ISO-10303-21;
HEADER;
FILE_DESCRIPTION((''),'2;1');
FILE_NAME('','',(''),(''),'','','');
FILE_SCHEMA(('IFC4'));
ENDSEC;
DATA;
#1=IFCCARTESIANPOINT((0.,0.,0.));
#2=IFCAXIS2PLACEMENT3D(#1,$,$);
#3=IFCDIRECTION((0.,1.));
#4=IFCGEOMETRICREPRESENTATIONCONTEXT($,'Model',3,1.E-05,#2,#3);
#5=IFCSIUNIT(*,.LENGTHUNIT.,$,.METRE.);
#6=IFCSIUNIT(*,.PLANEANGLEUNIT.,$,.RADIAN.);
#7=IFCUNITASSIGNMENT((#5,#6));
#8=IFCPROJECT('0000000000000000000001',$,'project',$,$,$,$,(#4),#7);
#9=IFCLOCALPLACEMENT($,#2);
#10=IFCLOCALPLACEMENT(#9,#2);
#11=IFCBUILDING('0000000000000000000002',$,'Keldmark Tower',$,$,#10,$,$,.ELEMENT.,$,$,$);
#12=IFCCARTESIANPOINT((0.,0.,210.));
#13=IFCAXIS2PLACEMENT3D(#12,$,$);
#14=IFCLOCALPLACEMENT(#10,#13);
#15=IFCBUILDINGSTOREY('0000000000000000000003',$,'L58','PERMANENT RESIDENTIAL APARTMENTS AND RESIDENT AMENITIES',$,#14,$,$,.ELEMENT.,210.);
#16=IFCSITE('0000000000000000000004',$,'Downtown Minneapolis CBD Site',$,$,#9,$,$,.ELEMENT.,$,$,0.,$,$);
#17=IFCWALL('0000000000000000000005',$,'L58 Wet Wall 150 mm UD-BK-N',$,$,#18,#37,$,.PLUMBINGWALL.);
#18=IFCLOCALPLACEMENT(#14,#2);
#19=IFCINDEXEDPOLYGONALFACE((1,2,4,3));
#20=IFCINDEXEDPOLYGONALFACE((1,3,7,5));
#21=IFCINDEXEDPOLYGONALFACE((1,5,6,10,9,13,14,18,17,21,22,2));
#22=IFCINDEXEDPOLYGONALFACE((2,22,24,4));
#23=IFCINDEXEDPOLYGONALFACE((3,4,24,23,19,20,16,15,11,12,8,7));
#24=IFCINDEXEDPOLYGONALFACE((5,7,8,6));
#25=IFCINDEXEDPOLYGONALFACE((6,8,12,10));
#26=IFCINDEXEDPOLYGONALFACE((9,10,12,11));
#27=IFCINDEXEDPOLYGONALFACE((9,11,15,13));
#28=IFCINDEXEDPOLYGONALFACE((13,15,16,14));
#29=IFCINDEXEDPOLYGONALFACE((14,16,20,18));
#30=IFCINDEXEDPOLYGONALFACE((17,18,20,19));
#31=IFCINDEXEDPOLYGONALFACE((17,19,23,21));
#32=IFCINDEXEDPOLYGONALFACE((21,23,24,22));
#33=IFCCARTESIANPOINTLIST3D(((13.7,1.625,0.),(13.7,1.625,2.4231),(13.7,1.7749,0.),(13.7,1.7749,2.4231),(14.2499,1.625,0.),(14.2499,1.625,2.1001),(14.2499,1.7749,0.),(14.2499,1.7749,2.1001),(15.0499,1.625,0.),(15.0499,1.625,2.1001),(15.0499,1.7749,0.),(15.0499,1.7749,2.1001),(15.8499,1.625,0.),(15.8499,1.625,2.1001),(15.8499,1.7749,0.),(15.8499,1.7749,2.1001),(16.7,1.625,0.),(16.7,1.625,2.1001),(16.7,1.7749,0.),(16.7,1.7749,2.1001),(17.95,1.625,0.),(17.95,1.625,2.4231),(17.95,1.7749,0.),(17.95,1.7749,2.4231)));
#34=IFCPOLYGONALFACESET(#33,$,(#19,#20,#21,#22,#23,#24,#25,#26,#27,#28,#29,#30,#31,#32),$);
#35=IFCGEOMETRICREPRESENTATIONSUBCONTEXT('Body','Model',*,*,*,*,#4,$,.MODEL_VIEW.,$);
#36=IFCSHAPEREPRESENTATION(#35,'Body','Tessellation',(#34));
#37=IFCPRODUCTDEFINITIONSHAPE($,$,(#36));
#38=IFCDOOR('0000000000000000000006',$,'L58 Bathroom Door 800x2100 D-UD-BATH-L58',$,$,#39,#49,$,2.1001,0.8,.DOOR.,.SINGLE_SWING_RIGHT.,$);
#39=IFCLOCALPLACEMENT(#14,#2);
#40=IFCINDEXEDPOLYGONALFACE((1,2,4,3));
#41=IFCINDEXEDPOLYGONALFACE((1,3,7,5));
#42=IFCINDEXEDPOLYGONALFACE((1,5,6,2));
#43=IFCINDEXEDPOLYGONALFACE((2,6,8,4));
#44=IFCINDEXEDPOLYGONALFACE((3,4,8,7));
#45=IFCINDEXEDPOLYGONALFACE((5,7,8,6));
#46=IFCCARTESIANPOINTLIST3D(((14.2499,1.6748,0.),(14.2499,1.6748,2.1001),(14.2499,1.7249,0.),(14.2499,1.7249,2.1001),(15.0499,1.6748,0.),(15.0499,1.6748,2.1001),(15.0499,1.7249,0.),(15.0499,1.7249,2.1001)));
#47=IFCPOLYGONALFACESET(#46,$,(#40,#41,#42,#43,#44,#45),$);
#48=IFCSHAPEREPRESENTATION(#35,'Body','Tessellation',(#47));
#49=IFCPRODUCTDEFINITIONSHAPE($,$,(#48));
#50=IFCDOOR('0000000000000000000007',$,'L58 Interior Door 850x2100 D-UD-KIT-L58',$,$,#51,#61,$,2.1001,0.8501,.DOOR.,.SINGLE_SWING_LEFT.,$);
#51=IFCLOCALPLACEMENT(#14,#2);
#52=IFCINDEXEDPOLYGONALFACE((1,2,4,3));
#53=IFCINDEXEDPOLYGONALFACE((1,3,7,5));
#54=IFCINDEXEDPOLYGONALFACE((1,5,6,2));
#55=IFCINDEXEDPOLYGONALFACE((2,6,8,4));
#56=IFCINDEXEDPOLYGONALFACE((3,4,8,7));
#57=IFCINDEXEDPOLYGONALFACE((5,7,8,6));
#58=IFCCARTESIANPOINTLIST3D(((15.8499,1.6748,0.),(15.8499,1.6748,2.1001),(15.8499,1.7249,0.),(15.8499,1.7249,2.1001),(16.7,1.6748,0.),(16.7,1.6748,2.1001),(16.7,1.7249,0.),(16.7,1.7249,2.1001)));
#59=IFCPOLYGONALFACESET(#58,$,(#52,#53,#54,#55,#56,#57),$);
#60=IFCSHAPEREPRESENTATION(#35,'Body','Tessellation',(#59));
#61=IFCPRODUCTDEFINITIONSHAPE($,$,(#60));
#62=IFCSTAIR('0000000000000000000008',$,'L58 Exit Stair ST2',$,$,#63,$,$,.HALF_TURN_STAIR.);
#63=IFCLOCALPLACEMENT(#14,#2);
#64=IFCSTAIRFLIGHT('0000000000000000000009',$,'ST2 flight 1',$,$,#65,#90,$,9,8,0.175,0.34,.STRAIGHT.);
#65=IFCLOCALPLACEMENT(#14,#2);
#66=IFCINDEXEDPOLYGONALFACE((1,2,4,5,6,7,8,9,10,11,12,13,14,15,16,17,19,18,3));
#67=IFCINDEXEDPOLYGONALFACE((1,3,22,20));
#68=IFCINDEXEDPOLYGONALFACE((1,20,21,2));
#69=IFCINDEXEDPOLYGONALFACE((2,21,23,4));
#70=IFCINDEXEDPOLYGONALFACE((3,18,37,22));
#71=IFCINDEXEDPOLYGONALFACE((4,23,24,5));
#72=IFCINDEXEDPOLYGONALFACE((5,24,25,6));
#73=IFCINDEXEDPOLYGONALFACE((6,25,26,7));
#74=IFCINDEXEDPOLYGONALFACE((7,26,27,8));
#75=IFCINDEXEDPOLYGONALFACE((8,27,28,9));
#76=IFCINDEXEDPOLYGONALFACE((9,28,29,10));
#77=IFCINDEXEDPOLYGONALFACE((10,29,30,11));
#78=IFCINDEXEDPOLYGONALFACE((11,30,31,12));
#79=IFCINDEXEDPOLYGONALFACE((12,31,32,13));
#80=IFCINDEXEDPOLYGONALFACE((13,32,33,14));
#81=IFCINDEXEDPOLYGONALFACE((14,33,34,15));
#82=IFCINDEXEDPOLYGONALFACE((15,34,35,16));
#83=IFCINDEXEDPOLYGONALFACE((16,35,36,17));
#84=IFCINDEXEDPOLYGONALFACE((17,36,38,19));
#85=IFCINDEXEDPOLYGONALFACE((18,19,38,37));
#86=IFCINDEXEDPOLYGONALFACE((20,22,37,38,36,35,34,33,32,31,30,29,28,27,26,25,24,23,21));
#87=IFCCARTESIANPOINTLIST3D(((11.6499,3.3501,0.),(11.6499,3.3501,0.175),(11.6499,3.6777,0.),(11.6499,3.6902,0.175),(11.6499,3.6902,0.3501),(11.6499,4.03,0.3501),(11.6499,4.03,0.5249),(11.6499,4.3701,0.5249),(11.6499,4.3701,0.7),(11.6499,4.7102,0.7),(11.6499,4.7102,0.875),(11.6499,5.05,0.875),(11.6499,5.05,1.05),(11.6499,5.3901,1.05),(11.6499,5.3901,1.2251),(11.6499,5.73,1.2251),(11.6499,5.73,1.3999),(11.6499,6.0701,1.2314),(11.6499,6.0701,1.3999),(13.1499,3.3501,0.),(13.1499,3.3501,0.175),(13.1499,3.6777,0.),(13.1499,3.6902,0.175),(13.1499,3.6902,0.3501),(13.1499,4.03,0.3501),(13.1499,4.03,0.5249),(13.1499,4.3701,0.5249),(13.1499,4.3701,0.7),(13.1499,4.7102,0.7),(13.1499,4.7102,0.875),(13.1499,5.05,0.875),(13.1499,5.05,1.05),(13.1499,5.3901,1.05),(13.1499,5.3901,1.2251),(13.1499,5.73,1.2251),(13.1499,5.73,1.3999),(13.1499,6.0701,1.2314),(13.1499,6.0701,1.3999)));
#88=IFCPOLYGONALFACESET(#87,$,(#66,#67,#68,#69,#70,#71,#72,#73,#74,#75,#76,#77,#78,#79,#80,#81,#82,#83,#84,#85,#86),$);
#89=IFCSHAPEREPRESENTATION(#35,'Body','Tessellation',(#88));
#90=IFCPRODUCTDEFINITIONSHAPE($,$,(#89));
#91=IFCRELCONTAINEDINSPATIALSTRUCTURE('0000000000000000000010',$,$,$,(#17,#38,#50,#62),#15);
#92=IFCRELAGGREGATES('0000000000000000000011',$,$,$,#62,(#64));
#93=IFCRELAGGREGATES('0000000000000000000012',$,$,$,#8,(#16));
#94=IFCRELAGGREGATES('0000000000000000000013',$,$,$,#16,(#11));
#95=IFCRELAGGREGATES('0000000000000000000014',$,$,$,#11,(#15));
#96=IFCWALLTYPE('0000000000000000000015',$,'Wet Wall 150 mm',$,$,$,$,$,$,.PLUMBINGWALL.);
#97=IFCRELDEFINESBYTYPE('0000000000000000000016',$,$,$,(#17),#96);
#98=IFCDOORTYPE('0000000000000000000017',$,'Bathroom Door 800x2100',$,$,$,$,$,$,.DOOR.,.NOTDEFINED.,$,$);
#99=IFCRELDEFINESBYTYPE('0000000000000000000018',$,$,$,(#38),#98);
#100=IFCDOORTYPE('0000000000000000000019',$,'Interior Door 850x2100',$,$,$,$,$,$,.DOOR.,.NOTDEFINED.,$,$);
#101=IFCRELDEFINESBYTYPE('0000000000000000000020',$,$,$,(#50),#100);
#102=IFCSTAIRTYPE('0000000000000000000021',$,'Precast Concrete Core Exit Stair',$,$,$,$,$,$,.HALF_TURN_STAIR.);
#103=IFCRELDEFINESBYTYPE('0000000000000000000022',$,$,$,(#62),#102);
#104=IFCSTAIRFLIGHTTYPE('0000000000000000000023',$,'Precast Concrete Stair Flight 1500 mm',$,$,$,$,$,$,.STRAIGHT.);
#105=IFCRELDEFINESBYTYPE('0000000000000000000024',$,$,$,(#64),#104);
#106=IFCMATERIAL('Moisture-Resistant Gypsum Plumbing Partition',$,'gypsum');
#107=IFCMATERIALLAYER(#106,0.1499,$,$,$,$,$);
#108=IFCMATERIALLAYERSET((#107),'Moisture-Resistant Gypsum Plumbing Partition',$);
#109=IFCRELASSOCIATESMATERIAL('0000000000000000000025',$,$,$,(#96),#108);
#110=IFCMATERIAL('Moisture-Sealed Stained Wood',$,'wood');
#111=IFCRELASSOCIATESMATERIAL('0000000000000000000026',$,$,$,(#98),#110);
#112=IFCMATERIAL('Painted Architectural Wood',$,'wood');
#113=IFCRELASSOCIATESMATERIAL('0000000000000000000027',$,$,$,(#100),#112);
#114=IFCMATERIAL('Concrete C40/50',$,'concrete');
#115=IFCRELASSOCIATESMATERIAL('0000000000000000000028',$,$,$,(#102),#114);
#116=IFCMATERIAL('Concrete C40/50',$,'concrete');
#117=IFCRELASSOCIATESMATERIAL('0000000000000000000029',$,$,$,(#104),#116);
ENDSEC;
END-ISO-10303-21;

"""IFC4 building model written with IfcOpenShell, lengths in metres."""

from ifc_helpers import new_model, si_unit, direction, frame, frame_2d, origin, place, context, subcontext, project, spatial, polyline, rectangle, outline, extrude, material, layer, layer_set, type_object, element, fill, aggregate, save


model = new_model("IFC4")

# Units and contexts
model_context = context("Model", 3, precision=1e-05, world=origin(), true_north=direction((0.0, 1.0)))
body_context = subcontext(model_context, "Body", "Model", "MODEL_VIEW")
ifc_project = project(units=[si_unit("LENGTHUNIT", "METRE"), si_unit("PLANEANGLEUNIT", "RADIAN")], contexts=[model_context])

# Site, building, storey
site_placement = place(None, origin())
site = spatial("IfcSite", under=ifc_project, at=site_placement, Name="Downtown Minneapolis CBD Site", CompositionType="ELEMENT", RefElevation=0.0)
building_placement = place(site_placement, origin())
building = spatial("IfcBuilding", under=site, at=building_placement, Name="Keldmark Tower", CompositionType="ELEMENT")
storey_placement = place(building_placement, frame((0.0, 0.0, 210.0)))
storey = spatial("IfcBuildingStorey", under=building, at=storey_placement, Name="L58", Description="PERMANENT RESIDENTIAL APARTMENTS AND RESIDENT AMENITIES", CompositionType="ELEMENT", Elevation=210.0)

# Wall, openings, doors
ifc_material_1 = material(Name="Moisture-Resistant Gypsum Plumbing Partition", Category="gypsum")
ifc_layer_1 = layer(ifc_material_1, 0.1499)
ifc_layer_set_1 = layer_set([ifc_layer_1], Name="Moisture-Resistant Gypsum Plumbing Partition")
wall_type_1 = type_object("IfcWallType", Name="Wet Wall 150 mm", PredefinedType="PLUMBINGWALL", material=ifc_layer_set_1)
wall_1_placement = place(storey_placement, frame((13.7, 1.7, 0.0), z_axis=(0.0, 0.0, 1.0), x_axis=(1.0, 0.0, 0.0)))
wall_1 = element("IfcWall", 1, at=wall_1_placement, inside=storey, type_object=wall_type_1, Name="L58 Wet Wall 150 mm UD-BK-N", PredefinedType="PLUMBINGWALL", context=body_context, shape_type="SweptSolid", body=[
    extrude(rectangle(XDim=4.25, YDim=0.1499, at=frame_2d((2.125, 0.0))), origin(), (0.0, 0.0, 1.0), 2.4231),
])
opening_1_placement = place(wall_1_placement, frame((0.55, 0.0, 0.0)))
opening_1 = element("IfcOpeningElement", 2, at=opening_1_placement, cuts=wall_1, PredefinedType="OPENING", context=body_context, shape_type="SweptSolid", body=[
    extrude(rectangle(XDim=0.8, YDim=2.1001, at=frame_2d((0.3999, 1.05))), frame((0.0, 0.085, 0.0), z_axis=(0.0, -1.0, 0.0), x_axis=(1.0, 0.0, 0.0)), (0.0, 0.0, 1.0), 0.1699),
])
opening_2_placement = place(wall_1_placement, frame((2.1499, 0.0, 0.0)))
opening_2 = element("IfcOpeningElement", 3, at=opening_2_placement, cuts=wall_1, PredefinedType="OPENING", context=body_context, shape_type="SweptSolid", body=[
    extrude(rectangle(XDim=0.8501, YDim=2.1001, at=frame_2d((0.425, 1.05))), frame((0.0, 0.085, 0.0), z_axis=(0.0, -1.0, 0.0), x_axis=(1.0, 0.0, 0.0)), (0.0, 0.0, 1.0), 0.1699),
])
ifc_material_2 = material(Name="Moisture-Sealed Stained Wood", Category="wood")
door_type_1 = type_object("IfcDoorType", Name="Bathroom Door 800x2100", OperationType="NOTDEFINED", PredefinedType="DOOR", material=ifc_material_2)
door_1_placement = place(opening_1_placement, origin())
door_1 = element("IfcDoor", 4, at=door_1_placement, inside=storey, type_object=door_type_1, Name="L58 Bathroom Door 800x2100 D-UD-BATH-L58", OperationType="SINGLE_SWING_RIGHT", OverallHeight=2.1001, OverallWidth=0.8, PredefinedType="DOOR", context=body_context, shape_type="SweptSolid", body=[
    extrude(rectangle(XDim=0.8, YDim=2.1001, at=frame_2d((0.3999, 1.05))), frame((0.0, 0.0249, 0.0), z_axis=(0.0, -1.0, 0.0), x_axis=(1.0, 0.0, 0.0)), (0.0, 0.0, 1.0), 0.05),
])
fill(opening_1, door_1)
ifc_material_3 = material(Name="Painted Architectural Wood", Category="wood")
door_type_2 = type_object("IfcDoorType", Name="Interior Door 850x2100", OperationType="NOTDEFINED", PredefinedType="DOOR", material=ifc_material_3)
door_2_placement = place(opening_2_placement, origin())
door_2 = element("IfcDoor", 5, at=door_2_placement, inside=storey, type_object=door_type_2, Name="L58 Interior Door 850x2100 D-UD-KIT-L58", OperationType="SINGLE_SWING_LEFT", OverallHeight=2.1001, OverallWidth=0.8501, PredefinedType="DOOR", context=body_context, shape_type="SweptSolid", body=[
    extrude(rectangle(XDim=0.8501, YDim=2.1001, at=frame_2d((0.425, 1.05))), frame((0.0, 0.0249, 0.0), z_axis=(0.0, -1.0, 0.0), x_axis=(1.0, 0.0, 0.0)), (0.0, 0.0, 1.0), 0.05),
])
fill(opening_2, door_2)

# Stair, stair flight
ifc_material_4 = material(Name="Concrete C40/50", Category="concrete")
stair_type = type_object("IfcStairType", Name="Precast Concrete Core Exit Stair", PredefinedType="HALF_TURN_STAIR", material=ifc_material_4)
stair_placement = place(storey_placement, origin())
stair = element("IfcStair", 6, at=stair_placement, inside=storey, type_object=stair_type, Name="L58 Exit Stair ST2", PredefinedType="HALF_TURN_STAIR")
ifc_material_5 = material(Name="Concrete C40/50", Category="concrete")
stair_flight_type = type_object("IfcStairFlightType", Name="Precast Concrete Stair Flight 1500 mm", PredefinedType="STRAIGHT", material=ifc_material_5)
stair_flight_placement = place(storey_placement, frame((12.3999, 3.3501, 0.0), z_axis=(0.0, 0.0, 1.0), x_axis=(0.0, 1.0, 0.0)))
stair_flight = element("IfcStairFlight", 7, at=stair_flight_placement, type_object=stair_flight_type, Name="ST2 flight 1", NumberOfRisers=9, NumberOfTreads=8, PredefinedType="STRAIGHT", RiserHeight=0.175, TreadLength=0.34, context=body_context, shape_type="SweptSolid", body=[
    extrude(outline(polyline([(0.0, 0.0), (0.0, 0.175), (0.3401, 0.175), (0.3401, 0.3501), (0.6799, 0.3501), (0.6799, 0.5249), (1.02, 0.5249), (1.02, 0.7), (1.3601, 0.7), (1.3601, 0.875), (1.7, 0.875), (1.7, 1.05), (2.04, 1.05), (2.04, 1.2251), (2.3799, 1.2251), (2.3799, 1.3999), (2.72, 1.3999), (2.72, 1.575), (2.72, 1.2314), (0.3276, 0.0), (0.0, 0.0)])), frame((0.0, 0.75, 0.0), z_axis=(0.0, -1.0, 0.0), x_axis=(1.0, 0.0, 0.0)), (0.0, 0.0, 1.0), 1.5),
])
aggregate(stair, [stair_flight])

save(model, "model.ifc")
